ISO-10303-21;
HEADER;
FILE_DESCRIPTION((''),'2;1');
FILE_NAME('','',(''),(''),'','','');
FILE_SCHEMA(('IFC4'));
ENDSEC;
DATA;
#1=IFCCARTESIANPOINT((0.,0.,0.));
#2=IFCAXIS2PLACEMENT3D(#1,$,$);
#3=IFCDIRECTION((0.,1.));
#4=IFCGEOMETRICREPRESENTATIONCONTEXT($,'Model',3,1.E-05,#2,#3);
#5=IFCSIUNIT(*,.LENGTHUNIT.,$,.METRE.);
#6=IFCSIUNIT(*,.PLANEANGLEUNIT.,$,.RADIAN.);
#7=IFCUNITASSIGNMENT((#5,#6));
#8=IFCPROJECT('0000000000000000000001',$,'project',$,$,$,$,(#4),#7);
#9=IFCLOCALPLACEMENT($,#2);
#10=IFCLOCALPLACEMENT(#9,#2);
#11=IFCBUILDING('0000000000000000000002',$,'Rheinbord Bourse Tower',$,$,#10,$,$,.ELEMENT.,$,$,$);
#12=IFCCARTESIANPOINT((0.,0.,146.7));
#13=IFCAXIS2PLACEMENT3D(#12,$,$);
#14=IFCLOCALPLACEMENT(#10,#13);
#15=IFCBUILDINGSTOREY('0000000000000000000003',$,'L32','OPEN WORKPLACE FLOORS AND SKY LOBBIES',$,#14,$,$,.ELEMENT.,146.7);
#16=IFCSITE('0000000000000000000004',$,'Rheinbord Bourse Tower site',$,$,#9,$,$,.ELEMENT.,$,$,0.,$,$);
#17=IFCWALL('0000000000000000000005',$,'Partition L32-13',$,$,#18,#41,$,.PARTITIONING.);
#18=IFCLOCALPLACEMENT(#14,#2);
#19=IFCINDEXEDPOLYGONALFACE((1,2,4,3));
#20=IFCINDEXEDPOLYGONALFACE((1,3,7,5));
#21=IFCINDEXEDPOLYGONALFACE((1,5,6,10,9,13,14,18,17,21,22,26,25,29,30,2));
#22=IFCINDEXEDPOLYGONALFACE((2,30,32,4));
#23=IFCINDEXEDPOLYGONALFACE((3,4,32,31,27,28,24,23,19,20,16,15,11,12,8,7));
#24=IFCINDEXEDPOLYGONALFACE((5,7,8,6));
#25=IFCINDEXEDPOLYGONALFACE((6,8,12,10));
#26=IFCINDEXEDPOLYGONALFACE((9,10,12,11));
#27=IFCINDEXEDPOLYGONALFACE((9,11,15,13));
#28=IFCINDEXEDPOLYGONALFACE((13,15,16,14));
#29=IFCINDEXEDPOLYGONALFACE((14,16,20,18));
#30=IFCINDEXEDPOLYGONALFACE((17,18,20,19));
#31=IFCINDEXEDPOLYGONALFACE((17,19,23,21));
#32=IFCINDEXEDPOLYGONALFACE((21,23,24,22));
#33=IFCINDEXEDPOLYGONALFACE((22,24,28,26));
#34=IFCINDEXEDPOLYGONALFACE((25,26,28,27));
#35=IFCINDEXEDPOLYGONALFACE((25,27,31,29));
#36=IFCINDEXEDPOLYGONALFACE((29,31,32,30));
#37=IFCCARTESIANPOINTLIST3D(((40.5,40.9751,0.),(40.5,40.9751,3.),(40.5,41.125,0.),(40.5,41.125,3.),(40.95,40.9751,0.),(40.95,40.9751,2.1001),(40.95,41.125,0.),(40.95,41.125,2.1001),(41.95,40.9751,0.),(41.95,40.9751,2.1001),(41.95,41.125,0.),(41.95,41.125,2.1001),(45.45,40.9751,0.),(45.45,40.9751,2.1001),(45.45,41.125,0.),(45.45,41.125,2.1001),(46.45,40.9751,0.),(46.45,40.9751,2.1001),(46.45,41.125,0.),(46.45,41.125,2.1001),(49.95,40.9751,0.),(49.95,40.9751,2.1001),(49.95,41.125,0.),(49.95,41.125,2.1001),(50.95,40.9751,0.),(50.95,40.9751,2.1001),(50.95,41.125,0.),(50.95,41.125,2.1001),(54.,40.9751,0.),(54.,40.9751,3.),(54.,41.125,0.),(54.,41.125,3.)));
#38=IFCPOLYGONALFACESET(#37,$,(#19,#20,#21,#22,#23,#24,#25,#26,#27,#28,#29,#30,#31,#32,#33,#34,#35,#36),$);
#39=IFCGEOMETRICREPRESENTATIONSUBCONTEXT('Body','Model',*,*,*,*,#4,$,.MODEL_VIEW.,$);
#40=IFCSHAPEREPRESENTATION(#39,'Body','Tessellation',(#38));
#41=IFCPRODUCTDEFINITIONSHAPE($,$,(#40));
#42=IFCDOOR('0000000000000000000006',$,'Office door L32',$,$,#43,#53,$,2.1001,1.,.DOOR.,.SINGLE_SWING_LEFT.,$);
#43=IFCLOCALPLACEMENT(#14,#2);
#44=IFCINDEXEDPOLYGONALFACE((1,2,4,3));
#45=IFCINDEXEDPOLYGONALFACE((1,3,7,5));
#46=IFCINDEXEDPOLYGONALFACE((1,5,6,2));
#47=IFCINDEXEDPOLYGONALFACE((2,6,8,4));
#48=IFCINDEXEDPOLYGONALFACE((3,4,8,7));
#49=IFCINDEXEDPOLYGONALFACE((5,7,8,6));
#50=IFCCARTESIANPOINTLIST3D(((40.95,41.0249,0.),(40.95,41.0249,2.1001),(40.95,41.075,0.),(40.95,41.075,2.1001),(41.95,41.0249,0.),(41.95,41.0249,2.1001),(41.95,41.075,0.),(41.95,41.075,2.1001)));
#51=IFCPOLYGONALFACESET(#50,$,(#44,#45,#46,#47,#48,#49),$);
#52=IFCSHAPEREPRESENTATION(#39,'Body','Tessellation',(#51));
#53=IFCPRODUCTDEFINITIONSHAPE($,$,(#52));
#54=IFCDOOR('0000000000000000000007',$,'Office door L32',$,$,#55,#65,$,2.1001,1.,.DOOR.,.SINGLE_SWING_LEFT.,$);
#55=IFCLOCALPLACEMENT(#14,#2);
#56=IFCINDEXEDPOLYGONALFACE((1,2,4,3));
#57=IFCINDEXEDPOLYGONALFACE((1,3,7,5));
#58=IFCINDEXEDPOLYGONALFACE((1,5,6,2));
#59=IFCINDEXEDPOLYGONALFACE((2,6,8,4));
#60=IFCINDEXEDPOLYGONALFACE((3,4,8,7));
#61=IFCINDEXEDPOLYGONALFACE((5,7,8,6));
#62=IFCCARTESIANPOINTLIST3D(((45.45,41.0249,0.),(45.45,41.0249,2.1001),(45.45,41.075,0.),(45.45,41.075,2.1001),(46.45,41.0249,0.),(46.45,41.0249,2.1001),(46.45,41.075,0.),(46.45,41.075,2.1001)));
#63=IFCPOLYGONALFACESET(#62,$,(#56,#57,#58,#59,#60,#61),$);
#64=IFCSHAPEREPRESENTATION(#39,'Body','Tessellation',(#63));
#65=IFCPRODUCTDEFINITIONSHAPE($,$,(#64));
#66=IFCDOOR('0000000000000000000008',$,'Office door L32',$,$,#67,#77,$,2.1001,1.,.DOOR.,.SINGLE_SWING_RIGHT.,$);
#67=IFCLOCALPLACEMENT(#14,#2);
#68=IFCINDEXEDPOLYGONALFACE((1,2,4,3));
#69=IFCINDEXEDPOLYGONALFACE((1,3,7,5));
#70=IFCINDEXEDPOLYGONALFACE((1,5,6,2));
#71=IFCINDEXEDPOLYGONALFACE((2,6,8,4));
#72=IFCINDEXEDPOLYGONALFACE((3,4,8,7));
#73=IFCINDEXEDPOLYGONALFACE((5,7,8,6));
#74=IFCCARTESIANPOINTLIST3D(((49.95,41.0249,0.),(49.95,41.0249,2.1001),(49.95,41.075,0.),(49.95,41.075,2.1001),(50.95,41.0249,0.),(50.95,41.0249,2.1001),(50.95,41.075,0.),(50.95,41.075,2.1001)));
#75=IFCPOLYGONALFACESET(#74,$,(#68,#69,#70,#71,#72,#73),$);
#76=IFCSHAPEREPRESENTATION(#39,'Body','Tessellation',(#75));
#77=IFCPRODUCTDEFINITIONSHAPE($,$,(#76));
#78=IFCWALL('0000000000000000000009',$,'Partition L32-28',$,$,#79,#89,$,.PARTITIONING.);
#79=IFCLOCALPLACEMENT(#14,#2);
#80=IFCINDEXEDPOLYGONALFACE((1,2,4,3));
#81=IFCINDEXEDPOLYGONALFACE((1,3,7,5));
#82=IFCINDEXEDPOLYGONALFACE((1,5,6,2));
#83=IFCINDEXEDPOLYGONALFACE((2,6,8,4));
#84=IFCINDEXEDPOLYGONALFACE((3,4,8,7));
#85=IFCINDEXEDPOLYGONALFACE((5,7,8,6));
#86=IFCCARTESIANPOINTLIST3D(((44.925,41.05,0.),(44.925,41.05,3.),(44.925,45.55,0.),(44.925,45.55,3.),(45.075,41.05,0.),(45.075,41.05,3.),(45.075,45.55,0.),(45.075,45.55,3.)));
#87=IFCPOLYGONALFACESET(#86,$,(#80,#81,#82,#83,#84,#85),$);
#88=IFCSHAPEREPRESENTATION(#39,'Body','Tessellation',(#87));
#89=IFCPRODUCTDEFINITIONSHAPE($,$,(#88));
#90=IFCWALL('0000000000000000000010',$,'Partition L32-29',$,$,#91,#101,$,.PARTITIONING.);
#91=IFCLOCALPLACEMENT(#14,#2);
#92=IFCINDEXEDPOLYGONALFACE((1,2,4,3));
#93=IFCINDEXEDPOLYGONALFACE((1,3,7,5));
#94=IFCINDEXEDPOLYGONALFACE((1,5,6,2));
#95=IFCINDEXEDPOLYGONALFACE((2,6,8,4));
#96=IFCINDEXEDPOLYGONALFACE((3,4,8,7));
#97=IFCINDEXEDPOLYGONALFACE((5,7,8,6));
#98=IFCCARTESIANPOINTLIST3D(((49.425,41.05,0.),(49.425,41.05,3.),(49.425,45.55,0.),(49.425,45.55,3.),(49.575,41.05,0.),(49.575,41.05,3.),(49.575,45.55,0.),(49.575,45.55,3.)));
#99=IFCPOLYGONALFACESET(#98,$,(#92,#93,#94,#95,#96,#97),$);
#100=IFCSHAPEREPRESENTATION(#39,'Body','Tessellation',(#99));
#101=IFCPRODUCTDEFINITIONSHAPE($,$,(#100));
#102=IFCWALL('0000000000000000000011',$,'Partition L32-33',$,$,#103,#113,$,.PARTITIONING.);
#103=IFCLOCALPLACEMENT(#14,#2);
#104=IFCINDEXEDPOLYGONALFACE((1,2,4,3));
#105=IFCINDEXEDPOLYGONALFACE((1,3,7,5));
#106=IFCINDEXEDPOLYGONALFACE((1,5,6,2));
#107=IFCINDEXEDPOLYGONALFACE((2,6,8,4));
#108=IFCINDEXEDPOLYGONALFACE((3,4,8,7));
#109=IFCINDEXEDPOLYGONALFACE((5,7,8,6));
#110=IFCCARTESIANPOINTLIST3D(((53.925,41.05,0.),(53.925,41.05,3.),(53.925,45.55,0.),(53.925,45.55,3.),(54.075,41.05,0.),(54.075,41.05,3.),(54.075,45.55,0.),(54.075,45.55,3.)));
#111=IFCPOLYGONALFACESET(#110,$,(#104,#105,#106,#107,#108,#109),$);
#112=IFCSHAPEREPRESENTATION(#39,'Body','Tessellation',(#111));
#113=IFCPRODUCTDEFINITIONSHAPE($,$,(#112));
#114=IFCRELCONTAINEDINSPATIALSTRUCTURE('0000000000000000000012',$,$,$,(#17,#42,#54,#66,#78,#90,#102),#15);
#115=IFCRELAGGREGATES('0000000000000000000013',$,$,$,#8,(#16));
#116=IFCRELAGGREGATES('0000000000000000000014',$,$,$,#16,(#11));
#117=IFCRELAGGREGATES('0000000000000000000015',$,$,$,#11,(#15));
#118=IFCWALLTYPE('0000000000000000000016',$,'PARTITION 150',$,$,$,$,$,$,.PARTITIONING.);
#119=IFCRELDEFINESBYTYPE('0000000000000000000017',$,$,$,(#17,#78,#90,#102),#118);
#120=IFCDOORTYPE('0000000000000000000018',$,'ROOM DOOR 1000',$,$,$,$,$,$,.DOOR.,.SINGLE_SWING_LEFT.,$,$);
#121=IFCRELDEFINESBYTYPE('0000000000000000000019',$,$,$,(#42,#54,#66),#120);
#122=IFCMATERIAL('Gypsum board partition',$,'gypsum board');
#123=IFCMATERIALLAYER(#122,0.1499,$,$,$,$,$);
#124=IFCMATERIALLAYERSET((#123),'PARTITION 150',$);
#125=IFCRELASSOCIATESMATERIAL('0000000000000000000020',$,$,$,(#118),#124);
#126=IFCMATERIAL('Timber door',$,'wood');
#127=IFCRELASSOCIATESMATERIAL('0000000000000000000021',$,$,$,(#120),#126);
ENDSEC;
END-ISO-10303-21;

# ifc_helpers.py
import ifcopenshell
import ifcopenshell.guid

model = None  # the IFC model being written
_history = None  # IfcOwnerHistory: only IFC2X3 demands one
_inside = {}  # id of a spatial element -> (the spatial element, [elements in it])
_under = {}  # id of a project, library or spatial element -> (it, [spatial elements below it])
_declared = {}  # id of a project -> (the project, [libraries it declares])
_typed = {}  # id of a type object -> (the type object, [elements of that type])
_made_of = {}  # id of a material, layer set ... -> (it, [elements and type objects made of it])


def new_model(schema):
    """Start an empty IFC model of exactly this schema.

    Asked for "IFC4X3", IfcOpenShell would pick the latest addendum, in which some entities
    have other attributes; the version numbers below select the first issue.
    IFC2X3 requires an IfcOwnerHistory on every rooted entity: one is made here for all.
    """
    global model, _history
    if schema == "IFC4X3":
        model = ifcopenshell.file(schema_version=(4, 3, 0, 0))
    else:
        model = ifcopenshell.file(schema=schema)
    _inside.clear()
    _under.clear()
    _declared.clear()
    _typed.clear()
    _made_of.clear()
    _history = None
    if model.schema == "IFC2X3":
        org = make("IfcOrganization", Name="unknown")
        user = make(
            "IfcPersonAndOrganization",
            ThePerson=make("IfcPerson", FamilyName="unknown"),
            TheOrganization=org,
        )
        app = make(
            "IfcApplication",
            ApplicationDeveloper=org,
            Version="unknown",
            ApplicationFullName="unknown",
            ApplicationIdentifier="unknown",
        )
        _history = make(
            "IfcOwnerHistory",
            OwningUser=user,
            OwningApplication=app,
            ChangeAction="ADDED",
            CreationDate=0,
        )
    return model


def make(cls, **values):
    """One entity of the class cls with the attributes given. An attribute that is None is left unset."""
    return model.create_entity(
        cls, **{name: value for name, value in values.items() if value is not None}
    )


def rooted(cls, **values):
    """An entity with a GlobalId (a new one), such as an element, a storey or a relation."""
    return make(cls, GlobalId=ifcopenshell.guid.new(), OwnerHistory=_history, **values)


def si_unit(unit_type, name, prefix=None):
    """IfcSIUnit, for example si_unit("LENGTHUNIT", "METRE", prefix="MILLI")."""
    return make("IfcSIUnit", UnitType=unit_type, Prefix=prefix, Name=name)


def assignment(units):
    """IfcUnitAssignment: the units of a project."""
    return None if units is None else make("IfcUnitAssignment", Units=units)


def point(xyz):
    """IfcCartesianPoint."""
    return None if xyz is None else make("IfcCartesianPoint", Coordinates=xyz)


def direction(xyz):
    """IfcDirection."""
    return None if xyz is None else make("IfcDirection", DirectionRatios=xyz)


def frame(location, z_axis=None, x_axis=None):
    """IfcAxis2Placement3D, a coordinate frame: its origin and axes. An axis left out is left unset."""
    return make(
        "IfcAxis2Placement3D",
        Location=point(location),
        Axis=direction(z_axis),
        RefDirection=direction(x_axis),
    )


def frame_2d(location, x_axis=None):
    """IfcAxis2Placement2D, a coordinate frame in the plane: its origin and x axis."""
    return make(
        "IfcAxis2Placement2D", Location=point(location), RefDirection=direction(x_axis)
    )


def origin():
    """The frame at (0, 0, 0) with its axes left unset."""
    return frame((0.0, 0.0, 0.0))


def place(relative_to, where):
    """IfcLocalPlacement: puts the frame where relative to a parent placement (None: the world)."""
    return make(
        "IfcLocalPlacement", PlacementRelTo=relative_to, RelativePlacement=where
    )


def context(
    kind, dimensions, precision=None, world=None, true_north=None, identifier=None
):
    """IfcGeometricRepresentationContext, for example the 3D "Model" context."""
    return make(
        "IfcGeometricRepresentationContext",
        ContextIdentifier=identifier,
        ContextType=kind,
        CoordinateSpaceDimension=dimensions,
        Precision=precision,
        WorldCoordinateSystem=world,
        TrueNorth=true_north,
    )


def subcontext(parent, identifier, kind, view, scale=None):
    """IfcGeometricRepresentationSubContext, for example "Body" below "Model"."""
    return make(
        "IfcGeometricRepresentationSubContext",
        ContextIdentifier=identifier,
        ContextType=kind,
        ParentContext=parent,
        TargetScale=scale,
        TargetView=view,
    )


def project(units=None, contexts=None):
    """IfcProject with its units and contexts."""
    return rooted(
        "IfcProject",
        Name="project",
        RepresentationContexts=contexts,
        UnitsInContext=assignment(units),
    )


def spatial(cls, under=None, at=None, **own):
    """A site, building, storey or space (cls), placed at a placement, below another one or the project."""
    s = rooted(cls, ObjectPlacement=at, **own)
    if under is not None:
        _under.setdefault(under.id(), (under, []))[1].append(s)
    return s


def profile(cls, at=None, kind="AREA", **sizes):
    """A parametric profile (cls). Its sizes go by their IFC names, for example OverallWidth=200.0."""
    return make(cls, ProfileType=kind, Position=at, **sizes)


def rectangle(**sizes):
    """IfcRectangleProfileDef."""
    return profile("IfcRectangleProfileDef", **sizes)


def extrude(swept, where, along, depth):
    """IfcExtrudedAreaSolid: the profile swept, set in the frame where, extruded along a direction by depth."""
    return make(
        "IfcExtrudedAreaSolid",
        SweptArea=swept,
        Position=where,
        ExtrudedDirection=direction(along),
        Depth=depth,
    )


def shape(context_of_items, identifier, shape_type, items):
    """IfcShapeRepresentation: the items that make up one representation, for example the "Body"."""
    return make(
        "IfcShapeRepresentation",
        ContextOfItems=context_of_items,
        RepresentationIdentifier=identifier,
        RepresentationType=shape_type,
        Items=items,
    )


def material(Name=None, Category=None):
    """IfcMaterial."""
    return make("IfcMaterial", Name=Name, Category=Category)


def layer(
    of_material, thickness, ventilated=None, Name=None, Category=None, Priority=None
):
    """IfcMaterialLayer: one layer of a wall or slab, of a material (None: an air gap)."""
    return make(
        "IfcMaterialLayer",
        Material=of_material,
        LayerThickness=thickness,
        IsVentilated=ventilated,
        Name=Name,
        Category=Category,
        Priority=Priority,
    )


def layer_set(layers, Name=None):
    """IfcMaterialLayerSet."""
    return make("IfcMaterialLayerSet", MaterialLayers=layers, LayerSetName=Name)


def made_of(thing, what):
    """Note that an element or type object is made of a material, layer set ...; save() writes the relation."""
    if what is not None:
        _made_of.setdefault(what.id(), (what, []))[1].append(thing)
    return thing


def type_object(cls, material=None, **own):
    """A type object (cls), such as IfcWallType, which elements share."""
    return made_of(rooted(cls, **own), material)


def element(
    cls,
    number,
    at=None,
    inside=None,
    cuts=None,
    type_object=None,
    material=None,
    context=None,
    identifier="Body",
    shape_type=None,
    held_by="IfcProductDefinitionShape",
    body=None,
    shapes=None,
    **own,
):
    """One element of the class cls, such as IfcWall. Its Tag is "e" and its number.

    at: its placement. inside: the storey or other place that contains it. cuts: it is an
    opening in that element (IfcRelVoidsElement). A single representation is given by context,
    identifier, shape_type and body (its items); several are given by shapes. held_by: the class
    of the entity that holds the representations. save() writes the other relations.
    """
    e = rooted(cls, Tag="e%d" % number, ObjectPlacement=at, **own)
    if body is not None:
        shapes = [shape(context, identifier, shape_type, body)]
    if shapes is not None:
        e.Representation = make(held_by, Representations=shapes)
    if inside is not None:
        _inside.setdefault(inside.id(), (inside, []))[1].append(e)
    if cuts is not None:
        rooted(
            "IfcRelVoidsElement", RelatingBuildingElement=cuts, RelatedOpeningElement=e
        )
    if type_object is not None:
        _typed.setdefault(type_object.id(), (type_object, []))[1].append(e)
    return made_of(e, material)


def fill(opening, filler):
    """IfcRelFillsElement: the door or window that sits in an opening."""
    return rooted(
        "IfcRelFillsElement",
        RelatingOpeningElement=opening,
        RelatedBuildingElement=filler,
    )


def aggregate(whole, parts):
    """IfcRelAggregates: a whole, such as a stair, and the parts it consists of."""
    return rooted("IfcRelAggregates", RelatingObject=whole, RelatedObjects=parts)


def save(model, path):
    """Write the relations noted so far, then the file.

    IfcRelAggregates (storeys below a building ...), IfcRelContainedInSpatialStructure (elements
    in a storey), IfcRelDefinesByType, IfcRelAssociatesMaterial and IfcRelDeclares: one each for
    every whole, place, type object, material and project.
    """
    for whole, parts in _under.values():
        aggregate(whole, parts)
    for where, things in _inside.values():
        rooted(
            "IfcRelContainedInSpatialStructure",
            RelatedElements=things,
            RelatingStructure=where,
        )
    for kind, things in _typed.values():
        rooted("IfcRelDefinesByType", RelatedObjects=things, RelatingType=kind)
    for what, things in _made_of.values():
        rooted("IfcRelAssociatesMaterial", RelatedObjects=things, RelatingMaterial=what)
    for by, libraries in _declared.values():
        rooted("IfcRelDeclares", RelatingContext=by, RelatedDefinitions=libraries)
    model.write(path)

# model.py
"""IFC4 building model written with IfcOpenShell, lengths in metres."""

from ifc_helpers import new_model, si_unit, direction, frame, frame_2d, origin, place, context, subcontext, project, spatial, rectangle, extrude, material, layer, layer_set, type_object, element, fill, save


model = new_model("IFC4")

# Units and contexts
model_context = context("Model", 3, precision=1e-05, world=origin(), true_north=direction((0.0, 1.0)))
body_context = subcontext(model_context, "Body", "Model", "MODEL_VIEW")
ifc_project = project(units=[si_unit("LENGTHUNIT", "METRE"), si_unit("PLANEANGLEUNIT", "RADIAN")], contexts=[model_context])

# Site, building, storey
site_placement = place(None, origin())
site = spatial("IfcSite", under=ifc_project, at=site_placement, Name="Rheinbord Bourse Tower site", CompositionType="ELEMENT", RefElevation=0.0)
building_placement = place(site_placement, origin())
building = spatial("IfcBuilding", under=site, at=building_placement, Name="Rheinbord Bourse Tower", CompositionType="ELEMENT")
storey_placement = place(building_placement, frame((0.0, 0.0, 146.7)))
storey = spatial("IfcBuildingStorey", under=building, at=storey_placement, Name="L32", Description="OPEN WORKPLACE FLOORS AND SKY LOBBIES", CompositionType="ELEMENT", Elevation=146.7)

# Wall, openings, doors
ifc_material_1 = material(Name="Gypsum board partition", Category="gypsum board")
ifc_layer_1 = layer(ifc_material_1, 0.1499)
ifc_layer_set_1 = layer_set([ifc_layer_1], Name="PARTITION 150")
wall_type_1 = type_object("IfcWallType", Name="PARTITION 150", PredefinedType="PARTITIONING", material=ifc_layer_set_1)
wall_1_placement = place(storey_placement, frame((40.5, 41.05, 0.0), z_axis=(0.0, 0.0, 1.0), x_axis=(1.0, 0.0, 0.0)))
wall_1 = element("IfcWall", 1, at=wall_1_placement, inside=storey, type_object=wall_type_1, Name="Partition L32-13", PredefinedType="PARTITIONING", context=body_context, shape_type="SweptSolid", body=[
    extrude(rectangle(XDim=13.5, YDim=0.1499, at=frame_2d((6.75, 0.0))), origin(), (0.0, 0.0, 1.0), 3.0),
])
opening_1_placement = place(wall_1_placement, frame((0.45, 0.0, 0.0)))
opening_1 = element("IfcOpeningElement", 2, at=opening_1_placement, cuts=wall_1, PredefinedType="OPENING", context=body_context, shape_type="SweptSolid", body=[
    extrude(rectangle(XDim=1.0, YDim=2.1001, at=frame_2d((0.5, 1.05))), frame((0.0, 0.085, 0.0), z_axis=(0.0, -1.0, 0.0), x_axis=(1.0, 0.0, 0.0)), (0.0, 0.0, 1.0), 0.1699),
])
opening_2_placement = place(wall_1_placement, frame((4.95, 0.0, 0.0)))
opening_2 = element("IfcOpeningElement", 3, at=opening_2_placement, cuts=wall_1, PredefinedType="OPENING", context=body_context, shape_type="SweptSolid", body=[
    extrude(rectangle(XDim=1.0, YDim=2.1001, at=frame_2d((0.5, 1.05))), frame((0.0, 0.085, 0.0), z_axis=(0.0, -1.0, 0.0), x_axis=(1.0, 0.0, 0.0)), (0.0, 0.0, 1.0), 0.1699),
])
opening_3_placement = place(wall_1_placement, frame((9.45, 0.0, 0.0)))
opening_3 = element("IfcOpeningElement", 4, at=opening_3_placement, cuts=wall_1, PredefinedType="OPENING", context=body_context, shape_type="SweptSolid", body=[
    extrude(rectangle(XDim=1.0, YDim=2.1001, at=frame_2d((0.5, 1.05))), frame((0.0, 0.085, 0.0), z_axis=(0.0, -1.0, 0.0), x_axis=(1.0, 0.0, 0.0)), (0.0, 0.0, 1.0), 0.1699),
])
ifc_material_2 = material(Name="Timber door", Category="wood")
door_type = type_object("IfcDoorType", Name="ROOM DOOR 1000", OperationType="SINGLE_SWING_LEFT", PredefinedType="DOOR", material=ifc_material_2)
door_1_placement = place(opening_1_placement, origin())
door_1 = element("IfcDoor", 5, at=door_1_placement, inside=storey, type_object=door_type, Name="Office door L32", OperationType="SINGLE_SWING_LEFT", OverallHeight=2.1001, OverallWidth=1.0, PredefinedType="DOOR", context=body_context, shape_type="SweptSolid", body=[
    extrude(rectangle(XDim=1.0, YDim=2.1001, at=frame_2d((0.5, 1.05))), frame((0.0, 0.0249, 0.0), z_axis=(0.0, -1.0, 0.0), x_axis=(1.0, 0.0, 0.0)), (0.0, 0.0, 1.0), 0.05),
])
fill(opening_1, door_1)
door_2_placement = place(opening_2_placement, origin())
door_2 = element("IfcDoor", 6, at=door_2_placement, inside=storey, type_object=door_type, Name="Office door L32", OperationType="SINGLE_SWING_LEFT", OverallHeight=2.1001, OverallWidth=1.0, PredefinedType="DOOR", context=body_context, shape_type="SweptSolid", body=[
    extrude(rectangle(XDim=1.0, YDim=2.1001, at=frame_2d((0.5, 1.05))), frame((0.0, 0.0249, 0.0), z_axis=(0.0, -1.0, 0.0), x_axis=(1.0, 0.0, 0.0)), (0.0, 0.0, 1.0), 0.05),
])
fill(opening_2, door_2)
door_3_placement = place(opening_3_placement, origin())
door_3 = element("IfcDoor", 7, at=door_3_placement, inside=storey, type_object=door_type, Name="Office door L32", OperationType="SINGLE_SWING_RIGHT", OverallHeight=2.1001, OverallWidth=1.0, PredefinedType="DOOR", context=body_context, shape_type="SweptSolid", body=[
    extrude(rectangle(XDim=1.0, YDim=2.1001, at=frame_2d((0.5, 1.05))), frame((0.0, 0.0249, 0.0), z_axis=(0.0, -1.0, 0.0), x_axis=(1.0, 0.0, 0.0)), (0.0, 0.0, 1.0), 0.05),
])
fill(opening_3, door_3)

# Walls
for number, where, z_axis, x_axis, name in (
    (8, (45.0, 41.05, 0.0), (0.0, 0.0, 1.0), (0.0, 1.0, 0.0), "Partition L32-28"),
    (9, (49.5, 41.05, 0.0), (0.0, 0.0, 1.0), (0.0, 1.0, 0.0), "Partition L32-29"),
    (10, (54.0, 41.05, 0.0), (0.0, 0.0, 1.0), (0.0, 1.0, 0.0), "Partition L32-33"),
):
    element("IfcWall", number, at=place(storey_placement, frame(where, z_axis=z_axis, x_axis=x_axis)), inside=storey, type_object=wall_type_1, Name=name, PredefinedType="PARTITIONING", context=body_context, shape_type="SweptSolid", body=[
        extrude(rectangle(XDim=4.5, YDim=0.1499, at=frame_2d((2.25, 0.0))), origin(), (0.0, 0.0, 1.0), 3.0),
    ])

save(model, "model.ifc")
